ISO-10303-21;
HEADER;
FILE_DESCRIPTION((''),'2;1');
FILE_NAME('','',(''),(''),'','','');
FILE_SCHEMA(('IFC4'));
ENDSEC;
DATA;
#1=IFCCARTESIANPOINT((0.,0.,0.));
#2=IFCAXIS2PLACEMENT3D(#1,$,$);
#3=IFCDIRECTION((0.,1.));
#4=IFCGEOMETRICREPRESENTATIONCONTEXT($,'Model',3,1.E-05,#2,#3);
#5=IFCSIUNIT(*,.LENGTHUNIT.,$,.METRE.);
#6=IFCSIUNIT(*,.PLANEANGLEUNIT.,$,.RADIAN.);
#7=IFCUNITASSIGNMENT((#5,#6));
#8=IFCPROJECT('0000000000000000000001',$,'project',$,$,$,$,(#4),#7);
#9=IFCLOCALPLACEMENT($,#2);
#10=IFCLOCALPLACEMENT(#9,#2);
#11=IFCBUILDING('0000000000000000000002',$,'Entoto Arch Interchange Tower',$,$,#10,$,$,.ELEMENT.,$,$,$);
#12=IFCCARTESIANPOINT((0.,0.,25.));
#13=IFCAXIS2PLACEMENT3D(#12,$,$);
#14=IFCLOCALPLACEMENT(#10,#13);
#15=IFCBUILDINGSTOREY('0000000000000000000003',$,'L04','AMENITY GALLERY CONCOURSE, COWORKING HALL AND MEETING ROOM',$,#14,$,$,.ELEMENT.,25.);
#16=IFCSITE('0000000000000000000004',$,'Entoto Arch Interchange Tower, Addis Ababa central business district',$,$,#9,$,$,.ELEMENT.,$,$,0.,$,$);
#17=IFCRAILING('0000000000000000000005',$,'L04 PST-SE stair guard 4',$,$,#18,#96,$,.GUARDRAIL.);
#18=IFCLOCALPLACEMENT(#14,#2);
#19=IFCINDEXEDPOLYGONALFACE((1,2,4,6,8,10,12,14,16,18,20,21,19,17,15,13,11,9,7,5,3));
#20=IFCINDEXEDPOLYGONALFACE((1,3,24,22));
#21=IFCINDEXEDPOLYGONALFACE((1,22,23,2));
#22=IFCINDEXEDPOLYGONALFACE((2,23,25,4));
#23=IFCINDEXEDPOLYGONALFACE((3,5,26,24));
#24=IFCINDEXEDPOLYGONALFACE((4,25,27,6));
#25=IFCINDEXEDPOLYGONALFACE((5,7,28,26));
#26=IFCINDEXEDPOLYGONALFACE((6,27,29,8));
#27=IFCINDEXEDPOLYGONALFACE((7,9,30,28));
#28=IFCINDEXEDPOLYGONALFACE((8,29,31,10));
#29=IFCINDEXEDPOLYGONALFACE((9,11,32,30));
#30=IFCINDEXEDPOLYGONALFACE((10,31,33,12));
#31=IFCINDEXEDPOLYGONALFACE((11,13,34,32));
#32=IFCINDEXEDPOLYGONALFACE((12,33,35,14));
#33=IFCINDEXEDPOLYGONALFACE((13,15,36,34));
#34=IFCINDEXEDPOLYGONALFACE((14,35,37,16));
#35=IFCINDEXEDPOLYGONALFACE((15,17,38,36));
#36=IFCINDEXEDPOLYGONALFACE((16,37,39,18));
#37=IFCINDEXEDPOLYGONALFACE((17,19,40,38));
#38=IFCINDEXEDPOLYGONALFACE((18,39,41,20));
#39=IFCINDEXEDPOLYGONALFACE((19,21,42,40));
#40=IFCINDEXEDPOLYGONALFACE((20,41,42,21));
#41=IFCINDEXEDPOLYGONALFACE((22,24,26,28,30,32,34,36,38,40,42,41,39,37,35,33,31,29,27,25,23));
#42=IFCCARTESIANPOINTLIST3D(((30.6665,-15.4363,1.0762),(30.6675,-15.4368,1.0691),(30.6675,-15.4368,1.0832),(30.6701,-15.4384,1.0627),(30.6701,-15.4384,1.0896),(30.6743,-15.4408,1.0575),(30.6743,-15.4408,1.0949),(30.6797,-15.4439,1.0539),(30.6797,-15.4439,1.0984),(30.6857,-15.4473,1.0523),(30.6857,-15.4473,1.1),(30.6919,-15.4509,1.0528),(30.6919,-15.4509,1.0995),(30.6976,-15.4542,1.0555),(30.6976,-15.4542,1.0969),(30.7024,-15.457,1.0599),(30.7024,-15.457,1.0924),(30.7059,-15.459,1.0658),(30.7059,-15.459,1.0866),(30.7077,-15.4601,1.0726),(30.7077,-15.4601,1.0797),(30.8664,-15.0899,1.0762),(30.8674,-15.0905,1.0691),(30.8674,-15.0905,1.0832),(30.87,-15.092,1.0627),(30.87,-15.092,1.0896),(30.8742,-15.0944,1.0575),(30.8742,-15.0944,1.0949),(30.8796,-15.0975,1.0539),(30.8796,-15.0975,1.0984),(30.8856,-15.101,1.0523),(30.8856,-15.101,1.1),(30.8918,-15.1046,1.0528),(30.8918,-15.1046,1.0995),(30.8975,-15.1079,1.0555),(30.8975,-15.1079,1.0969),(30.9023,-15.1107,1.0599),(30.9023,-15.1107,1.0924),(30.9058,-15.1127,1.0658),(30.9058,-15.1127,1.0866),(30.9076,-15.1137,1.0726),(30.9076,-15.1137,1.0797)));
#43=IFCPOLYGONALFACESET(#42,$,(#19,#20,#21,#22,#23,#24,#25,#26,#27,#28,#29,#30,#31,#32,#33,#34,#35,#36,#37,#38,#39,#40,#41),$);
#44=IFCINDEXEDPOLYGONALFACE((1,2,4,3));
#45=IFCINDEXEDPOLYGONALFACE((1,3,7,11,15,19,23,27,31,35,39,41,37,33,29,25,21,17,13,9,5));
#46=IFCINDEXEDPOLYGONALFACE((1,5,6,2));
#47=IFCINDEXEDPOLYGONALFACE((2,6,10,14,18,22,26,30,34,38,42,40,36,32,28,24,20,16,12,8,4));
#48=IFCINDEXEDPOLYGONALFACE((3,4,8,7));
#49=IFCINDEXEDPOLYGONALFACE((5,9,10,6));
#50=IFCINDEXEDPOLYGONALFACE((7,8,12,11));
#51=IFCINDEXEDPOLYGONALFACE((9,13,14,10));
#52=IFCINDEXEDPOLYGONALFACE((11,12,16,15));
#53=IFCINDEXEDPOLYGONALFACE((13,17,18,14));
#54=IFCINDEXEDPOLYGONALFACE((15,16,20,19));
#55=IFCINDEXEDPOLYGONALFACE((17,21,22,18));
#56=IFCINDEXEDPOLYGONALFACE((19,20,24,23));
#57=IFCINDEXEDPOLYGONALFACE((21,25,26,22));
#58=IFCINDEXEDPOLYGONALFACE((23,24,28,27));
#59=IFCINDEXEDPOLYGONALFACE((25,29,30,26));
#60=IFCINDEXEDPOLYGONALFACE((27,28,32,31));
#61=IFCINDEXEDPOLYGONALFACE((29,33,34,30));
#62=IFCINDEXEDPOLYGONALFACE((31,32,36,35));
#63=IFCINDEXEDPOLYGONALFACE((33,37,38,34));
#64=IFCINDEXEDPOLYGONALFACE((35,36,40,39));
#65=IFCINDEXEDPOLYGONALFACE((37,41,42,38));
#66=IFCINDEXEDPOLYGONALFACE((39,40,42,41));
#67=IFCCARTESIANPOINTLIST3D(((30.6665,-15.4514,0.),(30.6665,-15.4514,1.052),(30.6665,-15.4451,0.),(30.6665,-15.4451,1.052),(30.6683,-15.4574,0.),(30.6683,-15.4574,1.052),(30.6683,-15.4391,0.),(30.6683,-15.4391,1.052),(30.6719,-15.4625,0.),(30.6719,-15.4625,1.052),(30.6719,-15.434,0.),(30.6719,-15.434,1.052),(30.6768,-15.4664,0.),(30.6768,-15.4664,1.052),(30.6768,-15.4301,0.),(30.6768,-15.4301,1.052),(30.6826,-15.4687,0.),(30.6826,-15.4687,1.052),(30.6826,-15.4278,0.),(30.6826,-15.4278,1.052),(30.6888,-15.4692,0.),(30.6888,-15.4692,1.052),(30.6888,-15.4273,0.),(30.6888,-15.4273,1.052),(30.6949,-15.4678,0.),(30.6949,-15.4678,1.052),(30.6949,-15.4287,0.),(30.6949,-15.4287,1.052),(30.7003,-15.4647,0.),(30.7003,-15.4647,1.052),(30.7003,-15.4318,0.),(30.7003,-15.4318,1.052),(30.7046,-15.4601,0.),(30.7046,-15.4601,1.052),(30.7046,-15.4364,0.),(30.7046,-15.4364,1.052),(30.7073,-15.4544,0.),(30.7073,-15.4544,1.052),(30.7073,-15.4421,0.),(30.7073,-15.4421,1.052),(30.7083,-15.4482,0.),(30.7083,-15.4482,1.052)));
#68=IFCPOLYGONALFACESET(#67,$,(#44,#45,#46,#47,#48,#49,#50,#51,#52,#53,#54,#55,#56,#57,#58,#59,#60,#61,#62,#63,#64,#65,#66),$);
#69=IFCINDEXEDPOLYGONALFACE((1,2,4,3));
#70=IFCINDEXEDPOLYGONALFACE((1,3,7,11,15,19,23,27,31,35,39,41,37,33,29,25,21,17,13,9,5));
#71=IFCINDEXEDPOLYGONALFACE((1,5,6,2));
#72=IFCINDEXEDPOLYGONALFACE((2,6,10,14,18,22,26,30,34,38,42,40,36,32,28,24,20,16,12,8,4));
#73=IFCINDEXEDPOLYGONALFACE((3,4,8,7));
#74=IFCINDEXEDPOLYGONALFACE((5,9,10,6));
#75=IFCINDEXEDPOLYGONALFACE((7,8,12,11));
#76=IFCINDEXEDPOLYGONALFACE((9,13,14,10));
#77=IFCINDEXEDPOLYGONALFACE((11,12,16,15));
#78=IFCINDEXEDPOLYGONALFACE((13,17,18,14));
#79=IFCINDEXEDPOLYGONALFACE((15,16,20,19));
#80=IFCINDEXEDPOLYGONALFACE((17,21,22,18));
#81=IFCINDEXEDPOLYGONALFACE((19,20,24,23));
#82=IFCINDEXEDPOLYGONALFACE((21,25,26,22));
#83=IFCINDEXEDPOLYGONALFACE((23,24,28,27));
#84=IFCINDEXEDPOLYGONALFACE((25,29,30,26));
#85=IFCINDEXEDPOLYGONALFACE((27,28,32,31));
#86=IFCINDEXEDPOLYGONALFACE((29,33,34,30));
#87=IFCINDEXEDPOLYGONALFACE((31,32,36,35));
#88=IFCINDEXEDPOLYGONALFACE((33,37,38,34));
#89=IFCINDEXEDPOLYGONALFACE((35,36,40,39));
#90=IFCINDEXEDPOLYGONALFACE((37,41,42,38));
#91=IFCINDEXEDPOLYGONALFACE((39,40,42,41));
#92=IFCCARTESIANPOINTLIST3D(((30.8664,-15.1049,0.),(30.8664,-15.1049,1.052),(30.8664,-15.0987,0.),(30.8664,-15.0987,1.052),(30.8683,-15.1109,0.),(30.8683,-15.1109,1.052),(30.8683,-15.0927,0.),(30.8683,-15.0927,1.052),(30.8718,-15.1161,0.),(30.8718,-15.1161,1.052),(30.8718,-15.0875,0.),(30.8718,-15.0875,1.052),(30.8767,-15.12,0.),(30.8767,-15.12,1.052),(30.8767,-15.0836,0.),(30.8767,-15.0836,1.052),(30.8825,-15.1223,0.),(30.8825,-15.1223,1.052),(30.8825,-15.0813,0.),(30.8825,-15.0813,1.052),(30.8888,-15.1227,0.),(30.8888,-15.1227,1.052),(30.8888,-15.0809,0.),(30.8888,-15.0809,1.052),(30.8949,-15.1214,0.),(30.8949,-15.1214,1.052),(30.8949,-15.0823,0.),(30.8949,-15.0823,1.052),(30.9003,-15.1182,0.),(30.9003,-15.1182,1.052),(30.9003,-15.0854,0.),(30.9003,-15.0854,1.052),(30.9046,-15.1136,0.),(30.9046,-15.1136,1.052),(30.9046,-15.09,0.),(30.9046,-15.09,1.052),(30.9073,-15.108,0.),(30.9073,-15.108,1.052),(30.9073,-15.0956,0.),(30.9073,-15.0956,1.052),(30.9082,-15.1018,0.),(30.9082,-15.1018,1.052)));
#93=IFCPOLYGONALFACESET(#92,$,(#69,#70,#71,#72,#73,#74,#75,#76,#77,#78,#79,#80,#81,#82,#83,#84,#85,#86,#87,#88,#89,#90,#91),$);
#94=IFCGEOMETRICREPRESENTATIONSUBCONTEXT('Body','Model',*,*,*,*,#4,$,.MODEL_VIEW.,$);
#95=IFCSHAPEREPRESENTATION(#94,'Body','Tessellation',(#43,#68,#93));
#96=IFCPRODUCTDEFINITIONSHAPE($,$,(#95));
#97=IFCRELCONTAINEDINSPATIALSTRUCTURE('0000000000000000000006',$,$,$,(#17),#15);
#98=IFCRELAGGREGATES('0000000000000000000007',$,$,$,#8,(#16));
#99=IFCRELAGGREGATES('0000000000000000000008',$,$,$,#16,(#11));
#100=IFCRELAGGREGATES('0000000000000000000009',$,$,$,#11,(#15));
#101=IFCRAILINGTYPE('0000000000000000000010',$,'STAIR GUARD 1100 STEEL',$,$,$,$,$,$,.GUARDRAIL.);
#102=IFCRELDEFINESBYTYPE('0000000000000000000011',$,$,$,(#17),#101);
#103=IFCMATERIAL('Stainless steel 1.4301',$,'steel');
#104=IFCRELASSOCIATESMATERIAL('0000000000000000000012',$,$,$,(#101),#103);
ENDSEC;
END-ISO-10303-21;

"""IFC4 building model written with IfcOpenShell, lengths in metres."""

from ifc_helpers import new_model, si_unit, direction, frame, origin, origin_2d, place, context, subcontext, project, spatial, circle, extrude, material, type_object, element, save


model = new_model("IFC4")

# Units and contexts
model_context = context("Model", 3, precision=1e-05, world=origin(), true_north=direction((0.0, 1.0)))
body_context = subcontext(model_context, "Body", "Model", "MODEL_VIEW")
ifc_project = project(units=[si_unit("LENGTHUNIT", "METRE"), si_unit("PLANEANGLEUNIT", "RADIAN")], contexts=[model_context])

# Site, building, storey
site_placement = place(None, origin())
site = spatial("IfcSite", under=ifc_project, at=site_placement, Name="Entoto Arch Interchange Tower, Addis Ababa central business district", CompositionType="ELEMENT", RefElevation=0.0)
building_placement = place(site_placement, origin())
building = spatial("IfcBuilding", under=site, at=building_placement, Name="Entoto Arch Interchange Tower", CompositionType="ELEMENT")
storey_placement = place(building_placement, frame((0.0, 0.0, 25.0)))
storey = spatial("IfcBuildingStorey", under=building, at=storey_placement, Name="L04", Description="AMENITY GALLERY CONCOURSE, COWORKING HALL AND MEETING ROOM", CompositionType="ELEMENT", Elevation=25.0)

# Railing
ifc_material_1 = material(Name="Stainless steel 1.4301", Category="steel")
railing_type_1 = type_object("IfcRailingType", Name="STAIR GUARD 1100 STEEL", PredefinedType="GUARDRAIL", material=ifc_material_1)
railing_1_placement = place(storey_placement, frame((30.6873, -15.4482, 0.0)))
element("IfcRailing", 1, at=railing_1_placement, inside=storey, type_object=railing_type_1, Name="L04 PST-SE stair guard 4", PredefinedType="GUARDRAIL", context=body_context, shape_type="SweptSolid", body=[
    extrude(circle(Radius=0.0239, at=origin_2d()), frame((0.0, 0.0, 1.0762), z_axis=(0.499881, 0.866094, 0.0), x_axis=(-0.866094, 0.499881, 0.0)), (0.0, 0.0, 1.0), 0.3999),
    extrude(circle(Radius=0.021, at=origin_2d()), origin(), (0.0, 0.0, 1.0), 1.052),
    extrude(circle(Radius=0.021, at=origin_2d()), frame((0.2, 0.3464, 0.0)), (0.0, 0.0, 1.0), 1.052),
])

save(model, "model.ifc")
